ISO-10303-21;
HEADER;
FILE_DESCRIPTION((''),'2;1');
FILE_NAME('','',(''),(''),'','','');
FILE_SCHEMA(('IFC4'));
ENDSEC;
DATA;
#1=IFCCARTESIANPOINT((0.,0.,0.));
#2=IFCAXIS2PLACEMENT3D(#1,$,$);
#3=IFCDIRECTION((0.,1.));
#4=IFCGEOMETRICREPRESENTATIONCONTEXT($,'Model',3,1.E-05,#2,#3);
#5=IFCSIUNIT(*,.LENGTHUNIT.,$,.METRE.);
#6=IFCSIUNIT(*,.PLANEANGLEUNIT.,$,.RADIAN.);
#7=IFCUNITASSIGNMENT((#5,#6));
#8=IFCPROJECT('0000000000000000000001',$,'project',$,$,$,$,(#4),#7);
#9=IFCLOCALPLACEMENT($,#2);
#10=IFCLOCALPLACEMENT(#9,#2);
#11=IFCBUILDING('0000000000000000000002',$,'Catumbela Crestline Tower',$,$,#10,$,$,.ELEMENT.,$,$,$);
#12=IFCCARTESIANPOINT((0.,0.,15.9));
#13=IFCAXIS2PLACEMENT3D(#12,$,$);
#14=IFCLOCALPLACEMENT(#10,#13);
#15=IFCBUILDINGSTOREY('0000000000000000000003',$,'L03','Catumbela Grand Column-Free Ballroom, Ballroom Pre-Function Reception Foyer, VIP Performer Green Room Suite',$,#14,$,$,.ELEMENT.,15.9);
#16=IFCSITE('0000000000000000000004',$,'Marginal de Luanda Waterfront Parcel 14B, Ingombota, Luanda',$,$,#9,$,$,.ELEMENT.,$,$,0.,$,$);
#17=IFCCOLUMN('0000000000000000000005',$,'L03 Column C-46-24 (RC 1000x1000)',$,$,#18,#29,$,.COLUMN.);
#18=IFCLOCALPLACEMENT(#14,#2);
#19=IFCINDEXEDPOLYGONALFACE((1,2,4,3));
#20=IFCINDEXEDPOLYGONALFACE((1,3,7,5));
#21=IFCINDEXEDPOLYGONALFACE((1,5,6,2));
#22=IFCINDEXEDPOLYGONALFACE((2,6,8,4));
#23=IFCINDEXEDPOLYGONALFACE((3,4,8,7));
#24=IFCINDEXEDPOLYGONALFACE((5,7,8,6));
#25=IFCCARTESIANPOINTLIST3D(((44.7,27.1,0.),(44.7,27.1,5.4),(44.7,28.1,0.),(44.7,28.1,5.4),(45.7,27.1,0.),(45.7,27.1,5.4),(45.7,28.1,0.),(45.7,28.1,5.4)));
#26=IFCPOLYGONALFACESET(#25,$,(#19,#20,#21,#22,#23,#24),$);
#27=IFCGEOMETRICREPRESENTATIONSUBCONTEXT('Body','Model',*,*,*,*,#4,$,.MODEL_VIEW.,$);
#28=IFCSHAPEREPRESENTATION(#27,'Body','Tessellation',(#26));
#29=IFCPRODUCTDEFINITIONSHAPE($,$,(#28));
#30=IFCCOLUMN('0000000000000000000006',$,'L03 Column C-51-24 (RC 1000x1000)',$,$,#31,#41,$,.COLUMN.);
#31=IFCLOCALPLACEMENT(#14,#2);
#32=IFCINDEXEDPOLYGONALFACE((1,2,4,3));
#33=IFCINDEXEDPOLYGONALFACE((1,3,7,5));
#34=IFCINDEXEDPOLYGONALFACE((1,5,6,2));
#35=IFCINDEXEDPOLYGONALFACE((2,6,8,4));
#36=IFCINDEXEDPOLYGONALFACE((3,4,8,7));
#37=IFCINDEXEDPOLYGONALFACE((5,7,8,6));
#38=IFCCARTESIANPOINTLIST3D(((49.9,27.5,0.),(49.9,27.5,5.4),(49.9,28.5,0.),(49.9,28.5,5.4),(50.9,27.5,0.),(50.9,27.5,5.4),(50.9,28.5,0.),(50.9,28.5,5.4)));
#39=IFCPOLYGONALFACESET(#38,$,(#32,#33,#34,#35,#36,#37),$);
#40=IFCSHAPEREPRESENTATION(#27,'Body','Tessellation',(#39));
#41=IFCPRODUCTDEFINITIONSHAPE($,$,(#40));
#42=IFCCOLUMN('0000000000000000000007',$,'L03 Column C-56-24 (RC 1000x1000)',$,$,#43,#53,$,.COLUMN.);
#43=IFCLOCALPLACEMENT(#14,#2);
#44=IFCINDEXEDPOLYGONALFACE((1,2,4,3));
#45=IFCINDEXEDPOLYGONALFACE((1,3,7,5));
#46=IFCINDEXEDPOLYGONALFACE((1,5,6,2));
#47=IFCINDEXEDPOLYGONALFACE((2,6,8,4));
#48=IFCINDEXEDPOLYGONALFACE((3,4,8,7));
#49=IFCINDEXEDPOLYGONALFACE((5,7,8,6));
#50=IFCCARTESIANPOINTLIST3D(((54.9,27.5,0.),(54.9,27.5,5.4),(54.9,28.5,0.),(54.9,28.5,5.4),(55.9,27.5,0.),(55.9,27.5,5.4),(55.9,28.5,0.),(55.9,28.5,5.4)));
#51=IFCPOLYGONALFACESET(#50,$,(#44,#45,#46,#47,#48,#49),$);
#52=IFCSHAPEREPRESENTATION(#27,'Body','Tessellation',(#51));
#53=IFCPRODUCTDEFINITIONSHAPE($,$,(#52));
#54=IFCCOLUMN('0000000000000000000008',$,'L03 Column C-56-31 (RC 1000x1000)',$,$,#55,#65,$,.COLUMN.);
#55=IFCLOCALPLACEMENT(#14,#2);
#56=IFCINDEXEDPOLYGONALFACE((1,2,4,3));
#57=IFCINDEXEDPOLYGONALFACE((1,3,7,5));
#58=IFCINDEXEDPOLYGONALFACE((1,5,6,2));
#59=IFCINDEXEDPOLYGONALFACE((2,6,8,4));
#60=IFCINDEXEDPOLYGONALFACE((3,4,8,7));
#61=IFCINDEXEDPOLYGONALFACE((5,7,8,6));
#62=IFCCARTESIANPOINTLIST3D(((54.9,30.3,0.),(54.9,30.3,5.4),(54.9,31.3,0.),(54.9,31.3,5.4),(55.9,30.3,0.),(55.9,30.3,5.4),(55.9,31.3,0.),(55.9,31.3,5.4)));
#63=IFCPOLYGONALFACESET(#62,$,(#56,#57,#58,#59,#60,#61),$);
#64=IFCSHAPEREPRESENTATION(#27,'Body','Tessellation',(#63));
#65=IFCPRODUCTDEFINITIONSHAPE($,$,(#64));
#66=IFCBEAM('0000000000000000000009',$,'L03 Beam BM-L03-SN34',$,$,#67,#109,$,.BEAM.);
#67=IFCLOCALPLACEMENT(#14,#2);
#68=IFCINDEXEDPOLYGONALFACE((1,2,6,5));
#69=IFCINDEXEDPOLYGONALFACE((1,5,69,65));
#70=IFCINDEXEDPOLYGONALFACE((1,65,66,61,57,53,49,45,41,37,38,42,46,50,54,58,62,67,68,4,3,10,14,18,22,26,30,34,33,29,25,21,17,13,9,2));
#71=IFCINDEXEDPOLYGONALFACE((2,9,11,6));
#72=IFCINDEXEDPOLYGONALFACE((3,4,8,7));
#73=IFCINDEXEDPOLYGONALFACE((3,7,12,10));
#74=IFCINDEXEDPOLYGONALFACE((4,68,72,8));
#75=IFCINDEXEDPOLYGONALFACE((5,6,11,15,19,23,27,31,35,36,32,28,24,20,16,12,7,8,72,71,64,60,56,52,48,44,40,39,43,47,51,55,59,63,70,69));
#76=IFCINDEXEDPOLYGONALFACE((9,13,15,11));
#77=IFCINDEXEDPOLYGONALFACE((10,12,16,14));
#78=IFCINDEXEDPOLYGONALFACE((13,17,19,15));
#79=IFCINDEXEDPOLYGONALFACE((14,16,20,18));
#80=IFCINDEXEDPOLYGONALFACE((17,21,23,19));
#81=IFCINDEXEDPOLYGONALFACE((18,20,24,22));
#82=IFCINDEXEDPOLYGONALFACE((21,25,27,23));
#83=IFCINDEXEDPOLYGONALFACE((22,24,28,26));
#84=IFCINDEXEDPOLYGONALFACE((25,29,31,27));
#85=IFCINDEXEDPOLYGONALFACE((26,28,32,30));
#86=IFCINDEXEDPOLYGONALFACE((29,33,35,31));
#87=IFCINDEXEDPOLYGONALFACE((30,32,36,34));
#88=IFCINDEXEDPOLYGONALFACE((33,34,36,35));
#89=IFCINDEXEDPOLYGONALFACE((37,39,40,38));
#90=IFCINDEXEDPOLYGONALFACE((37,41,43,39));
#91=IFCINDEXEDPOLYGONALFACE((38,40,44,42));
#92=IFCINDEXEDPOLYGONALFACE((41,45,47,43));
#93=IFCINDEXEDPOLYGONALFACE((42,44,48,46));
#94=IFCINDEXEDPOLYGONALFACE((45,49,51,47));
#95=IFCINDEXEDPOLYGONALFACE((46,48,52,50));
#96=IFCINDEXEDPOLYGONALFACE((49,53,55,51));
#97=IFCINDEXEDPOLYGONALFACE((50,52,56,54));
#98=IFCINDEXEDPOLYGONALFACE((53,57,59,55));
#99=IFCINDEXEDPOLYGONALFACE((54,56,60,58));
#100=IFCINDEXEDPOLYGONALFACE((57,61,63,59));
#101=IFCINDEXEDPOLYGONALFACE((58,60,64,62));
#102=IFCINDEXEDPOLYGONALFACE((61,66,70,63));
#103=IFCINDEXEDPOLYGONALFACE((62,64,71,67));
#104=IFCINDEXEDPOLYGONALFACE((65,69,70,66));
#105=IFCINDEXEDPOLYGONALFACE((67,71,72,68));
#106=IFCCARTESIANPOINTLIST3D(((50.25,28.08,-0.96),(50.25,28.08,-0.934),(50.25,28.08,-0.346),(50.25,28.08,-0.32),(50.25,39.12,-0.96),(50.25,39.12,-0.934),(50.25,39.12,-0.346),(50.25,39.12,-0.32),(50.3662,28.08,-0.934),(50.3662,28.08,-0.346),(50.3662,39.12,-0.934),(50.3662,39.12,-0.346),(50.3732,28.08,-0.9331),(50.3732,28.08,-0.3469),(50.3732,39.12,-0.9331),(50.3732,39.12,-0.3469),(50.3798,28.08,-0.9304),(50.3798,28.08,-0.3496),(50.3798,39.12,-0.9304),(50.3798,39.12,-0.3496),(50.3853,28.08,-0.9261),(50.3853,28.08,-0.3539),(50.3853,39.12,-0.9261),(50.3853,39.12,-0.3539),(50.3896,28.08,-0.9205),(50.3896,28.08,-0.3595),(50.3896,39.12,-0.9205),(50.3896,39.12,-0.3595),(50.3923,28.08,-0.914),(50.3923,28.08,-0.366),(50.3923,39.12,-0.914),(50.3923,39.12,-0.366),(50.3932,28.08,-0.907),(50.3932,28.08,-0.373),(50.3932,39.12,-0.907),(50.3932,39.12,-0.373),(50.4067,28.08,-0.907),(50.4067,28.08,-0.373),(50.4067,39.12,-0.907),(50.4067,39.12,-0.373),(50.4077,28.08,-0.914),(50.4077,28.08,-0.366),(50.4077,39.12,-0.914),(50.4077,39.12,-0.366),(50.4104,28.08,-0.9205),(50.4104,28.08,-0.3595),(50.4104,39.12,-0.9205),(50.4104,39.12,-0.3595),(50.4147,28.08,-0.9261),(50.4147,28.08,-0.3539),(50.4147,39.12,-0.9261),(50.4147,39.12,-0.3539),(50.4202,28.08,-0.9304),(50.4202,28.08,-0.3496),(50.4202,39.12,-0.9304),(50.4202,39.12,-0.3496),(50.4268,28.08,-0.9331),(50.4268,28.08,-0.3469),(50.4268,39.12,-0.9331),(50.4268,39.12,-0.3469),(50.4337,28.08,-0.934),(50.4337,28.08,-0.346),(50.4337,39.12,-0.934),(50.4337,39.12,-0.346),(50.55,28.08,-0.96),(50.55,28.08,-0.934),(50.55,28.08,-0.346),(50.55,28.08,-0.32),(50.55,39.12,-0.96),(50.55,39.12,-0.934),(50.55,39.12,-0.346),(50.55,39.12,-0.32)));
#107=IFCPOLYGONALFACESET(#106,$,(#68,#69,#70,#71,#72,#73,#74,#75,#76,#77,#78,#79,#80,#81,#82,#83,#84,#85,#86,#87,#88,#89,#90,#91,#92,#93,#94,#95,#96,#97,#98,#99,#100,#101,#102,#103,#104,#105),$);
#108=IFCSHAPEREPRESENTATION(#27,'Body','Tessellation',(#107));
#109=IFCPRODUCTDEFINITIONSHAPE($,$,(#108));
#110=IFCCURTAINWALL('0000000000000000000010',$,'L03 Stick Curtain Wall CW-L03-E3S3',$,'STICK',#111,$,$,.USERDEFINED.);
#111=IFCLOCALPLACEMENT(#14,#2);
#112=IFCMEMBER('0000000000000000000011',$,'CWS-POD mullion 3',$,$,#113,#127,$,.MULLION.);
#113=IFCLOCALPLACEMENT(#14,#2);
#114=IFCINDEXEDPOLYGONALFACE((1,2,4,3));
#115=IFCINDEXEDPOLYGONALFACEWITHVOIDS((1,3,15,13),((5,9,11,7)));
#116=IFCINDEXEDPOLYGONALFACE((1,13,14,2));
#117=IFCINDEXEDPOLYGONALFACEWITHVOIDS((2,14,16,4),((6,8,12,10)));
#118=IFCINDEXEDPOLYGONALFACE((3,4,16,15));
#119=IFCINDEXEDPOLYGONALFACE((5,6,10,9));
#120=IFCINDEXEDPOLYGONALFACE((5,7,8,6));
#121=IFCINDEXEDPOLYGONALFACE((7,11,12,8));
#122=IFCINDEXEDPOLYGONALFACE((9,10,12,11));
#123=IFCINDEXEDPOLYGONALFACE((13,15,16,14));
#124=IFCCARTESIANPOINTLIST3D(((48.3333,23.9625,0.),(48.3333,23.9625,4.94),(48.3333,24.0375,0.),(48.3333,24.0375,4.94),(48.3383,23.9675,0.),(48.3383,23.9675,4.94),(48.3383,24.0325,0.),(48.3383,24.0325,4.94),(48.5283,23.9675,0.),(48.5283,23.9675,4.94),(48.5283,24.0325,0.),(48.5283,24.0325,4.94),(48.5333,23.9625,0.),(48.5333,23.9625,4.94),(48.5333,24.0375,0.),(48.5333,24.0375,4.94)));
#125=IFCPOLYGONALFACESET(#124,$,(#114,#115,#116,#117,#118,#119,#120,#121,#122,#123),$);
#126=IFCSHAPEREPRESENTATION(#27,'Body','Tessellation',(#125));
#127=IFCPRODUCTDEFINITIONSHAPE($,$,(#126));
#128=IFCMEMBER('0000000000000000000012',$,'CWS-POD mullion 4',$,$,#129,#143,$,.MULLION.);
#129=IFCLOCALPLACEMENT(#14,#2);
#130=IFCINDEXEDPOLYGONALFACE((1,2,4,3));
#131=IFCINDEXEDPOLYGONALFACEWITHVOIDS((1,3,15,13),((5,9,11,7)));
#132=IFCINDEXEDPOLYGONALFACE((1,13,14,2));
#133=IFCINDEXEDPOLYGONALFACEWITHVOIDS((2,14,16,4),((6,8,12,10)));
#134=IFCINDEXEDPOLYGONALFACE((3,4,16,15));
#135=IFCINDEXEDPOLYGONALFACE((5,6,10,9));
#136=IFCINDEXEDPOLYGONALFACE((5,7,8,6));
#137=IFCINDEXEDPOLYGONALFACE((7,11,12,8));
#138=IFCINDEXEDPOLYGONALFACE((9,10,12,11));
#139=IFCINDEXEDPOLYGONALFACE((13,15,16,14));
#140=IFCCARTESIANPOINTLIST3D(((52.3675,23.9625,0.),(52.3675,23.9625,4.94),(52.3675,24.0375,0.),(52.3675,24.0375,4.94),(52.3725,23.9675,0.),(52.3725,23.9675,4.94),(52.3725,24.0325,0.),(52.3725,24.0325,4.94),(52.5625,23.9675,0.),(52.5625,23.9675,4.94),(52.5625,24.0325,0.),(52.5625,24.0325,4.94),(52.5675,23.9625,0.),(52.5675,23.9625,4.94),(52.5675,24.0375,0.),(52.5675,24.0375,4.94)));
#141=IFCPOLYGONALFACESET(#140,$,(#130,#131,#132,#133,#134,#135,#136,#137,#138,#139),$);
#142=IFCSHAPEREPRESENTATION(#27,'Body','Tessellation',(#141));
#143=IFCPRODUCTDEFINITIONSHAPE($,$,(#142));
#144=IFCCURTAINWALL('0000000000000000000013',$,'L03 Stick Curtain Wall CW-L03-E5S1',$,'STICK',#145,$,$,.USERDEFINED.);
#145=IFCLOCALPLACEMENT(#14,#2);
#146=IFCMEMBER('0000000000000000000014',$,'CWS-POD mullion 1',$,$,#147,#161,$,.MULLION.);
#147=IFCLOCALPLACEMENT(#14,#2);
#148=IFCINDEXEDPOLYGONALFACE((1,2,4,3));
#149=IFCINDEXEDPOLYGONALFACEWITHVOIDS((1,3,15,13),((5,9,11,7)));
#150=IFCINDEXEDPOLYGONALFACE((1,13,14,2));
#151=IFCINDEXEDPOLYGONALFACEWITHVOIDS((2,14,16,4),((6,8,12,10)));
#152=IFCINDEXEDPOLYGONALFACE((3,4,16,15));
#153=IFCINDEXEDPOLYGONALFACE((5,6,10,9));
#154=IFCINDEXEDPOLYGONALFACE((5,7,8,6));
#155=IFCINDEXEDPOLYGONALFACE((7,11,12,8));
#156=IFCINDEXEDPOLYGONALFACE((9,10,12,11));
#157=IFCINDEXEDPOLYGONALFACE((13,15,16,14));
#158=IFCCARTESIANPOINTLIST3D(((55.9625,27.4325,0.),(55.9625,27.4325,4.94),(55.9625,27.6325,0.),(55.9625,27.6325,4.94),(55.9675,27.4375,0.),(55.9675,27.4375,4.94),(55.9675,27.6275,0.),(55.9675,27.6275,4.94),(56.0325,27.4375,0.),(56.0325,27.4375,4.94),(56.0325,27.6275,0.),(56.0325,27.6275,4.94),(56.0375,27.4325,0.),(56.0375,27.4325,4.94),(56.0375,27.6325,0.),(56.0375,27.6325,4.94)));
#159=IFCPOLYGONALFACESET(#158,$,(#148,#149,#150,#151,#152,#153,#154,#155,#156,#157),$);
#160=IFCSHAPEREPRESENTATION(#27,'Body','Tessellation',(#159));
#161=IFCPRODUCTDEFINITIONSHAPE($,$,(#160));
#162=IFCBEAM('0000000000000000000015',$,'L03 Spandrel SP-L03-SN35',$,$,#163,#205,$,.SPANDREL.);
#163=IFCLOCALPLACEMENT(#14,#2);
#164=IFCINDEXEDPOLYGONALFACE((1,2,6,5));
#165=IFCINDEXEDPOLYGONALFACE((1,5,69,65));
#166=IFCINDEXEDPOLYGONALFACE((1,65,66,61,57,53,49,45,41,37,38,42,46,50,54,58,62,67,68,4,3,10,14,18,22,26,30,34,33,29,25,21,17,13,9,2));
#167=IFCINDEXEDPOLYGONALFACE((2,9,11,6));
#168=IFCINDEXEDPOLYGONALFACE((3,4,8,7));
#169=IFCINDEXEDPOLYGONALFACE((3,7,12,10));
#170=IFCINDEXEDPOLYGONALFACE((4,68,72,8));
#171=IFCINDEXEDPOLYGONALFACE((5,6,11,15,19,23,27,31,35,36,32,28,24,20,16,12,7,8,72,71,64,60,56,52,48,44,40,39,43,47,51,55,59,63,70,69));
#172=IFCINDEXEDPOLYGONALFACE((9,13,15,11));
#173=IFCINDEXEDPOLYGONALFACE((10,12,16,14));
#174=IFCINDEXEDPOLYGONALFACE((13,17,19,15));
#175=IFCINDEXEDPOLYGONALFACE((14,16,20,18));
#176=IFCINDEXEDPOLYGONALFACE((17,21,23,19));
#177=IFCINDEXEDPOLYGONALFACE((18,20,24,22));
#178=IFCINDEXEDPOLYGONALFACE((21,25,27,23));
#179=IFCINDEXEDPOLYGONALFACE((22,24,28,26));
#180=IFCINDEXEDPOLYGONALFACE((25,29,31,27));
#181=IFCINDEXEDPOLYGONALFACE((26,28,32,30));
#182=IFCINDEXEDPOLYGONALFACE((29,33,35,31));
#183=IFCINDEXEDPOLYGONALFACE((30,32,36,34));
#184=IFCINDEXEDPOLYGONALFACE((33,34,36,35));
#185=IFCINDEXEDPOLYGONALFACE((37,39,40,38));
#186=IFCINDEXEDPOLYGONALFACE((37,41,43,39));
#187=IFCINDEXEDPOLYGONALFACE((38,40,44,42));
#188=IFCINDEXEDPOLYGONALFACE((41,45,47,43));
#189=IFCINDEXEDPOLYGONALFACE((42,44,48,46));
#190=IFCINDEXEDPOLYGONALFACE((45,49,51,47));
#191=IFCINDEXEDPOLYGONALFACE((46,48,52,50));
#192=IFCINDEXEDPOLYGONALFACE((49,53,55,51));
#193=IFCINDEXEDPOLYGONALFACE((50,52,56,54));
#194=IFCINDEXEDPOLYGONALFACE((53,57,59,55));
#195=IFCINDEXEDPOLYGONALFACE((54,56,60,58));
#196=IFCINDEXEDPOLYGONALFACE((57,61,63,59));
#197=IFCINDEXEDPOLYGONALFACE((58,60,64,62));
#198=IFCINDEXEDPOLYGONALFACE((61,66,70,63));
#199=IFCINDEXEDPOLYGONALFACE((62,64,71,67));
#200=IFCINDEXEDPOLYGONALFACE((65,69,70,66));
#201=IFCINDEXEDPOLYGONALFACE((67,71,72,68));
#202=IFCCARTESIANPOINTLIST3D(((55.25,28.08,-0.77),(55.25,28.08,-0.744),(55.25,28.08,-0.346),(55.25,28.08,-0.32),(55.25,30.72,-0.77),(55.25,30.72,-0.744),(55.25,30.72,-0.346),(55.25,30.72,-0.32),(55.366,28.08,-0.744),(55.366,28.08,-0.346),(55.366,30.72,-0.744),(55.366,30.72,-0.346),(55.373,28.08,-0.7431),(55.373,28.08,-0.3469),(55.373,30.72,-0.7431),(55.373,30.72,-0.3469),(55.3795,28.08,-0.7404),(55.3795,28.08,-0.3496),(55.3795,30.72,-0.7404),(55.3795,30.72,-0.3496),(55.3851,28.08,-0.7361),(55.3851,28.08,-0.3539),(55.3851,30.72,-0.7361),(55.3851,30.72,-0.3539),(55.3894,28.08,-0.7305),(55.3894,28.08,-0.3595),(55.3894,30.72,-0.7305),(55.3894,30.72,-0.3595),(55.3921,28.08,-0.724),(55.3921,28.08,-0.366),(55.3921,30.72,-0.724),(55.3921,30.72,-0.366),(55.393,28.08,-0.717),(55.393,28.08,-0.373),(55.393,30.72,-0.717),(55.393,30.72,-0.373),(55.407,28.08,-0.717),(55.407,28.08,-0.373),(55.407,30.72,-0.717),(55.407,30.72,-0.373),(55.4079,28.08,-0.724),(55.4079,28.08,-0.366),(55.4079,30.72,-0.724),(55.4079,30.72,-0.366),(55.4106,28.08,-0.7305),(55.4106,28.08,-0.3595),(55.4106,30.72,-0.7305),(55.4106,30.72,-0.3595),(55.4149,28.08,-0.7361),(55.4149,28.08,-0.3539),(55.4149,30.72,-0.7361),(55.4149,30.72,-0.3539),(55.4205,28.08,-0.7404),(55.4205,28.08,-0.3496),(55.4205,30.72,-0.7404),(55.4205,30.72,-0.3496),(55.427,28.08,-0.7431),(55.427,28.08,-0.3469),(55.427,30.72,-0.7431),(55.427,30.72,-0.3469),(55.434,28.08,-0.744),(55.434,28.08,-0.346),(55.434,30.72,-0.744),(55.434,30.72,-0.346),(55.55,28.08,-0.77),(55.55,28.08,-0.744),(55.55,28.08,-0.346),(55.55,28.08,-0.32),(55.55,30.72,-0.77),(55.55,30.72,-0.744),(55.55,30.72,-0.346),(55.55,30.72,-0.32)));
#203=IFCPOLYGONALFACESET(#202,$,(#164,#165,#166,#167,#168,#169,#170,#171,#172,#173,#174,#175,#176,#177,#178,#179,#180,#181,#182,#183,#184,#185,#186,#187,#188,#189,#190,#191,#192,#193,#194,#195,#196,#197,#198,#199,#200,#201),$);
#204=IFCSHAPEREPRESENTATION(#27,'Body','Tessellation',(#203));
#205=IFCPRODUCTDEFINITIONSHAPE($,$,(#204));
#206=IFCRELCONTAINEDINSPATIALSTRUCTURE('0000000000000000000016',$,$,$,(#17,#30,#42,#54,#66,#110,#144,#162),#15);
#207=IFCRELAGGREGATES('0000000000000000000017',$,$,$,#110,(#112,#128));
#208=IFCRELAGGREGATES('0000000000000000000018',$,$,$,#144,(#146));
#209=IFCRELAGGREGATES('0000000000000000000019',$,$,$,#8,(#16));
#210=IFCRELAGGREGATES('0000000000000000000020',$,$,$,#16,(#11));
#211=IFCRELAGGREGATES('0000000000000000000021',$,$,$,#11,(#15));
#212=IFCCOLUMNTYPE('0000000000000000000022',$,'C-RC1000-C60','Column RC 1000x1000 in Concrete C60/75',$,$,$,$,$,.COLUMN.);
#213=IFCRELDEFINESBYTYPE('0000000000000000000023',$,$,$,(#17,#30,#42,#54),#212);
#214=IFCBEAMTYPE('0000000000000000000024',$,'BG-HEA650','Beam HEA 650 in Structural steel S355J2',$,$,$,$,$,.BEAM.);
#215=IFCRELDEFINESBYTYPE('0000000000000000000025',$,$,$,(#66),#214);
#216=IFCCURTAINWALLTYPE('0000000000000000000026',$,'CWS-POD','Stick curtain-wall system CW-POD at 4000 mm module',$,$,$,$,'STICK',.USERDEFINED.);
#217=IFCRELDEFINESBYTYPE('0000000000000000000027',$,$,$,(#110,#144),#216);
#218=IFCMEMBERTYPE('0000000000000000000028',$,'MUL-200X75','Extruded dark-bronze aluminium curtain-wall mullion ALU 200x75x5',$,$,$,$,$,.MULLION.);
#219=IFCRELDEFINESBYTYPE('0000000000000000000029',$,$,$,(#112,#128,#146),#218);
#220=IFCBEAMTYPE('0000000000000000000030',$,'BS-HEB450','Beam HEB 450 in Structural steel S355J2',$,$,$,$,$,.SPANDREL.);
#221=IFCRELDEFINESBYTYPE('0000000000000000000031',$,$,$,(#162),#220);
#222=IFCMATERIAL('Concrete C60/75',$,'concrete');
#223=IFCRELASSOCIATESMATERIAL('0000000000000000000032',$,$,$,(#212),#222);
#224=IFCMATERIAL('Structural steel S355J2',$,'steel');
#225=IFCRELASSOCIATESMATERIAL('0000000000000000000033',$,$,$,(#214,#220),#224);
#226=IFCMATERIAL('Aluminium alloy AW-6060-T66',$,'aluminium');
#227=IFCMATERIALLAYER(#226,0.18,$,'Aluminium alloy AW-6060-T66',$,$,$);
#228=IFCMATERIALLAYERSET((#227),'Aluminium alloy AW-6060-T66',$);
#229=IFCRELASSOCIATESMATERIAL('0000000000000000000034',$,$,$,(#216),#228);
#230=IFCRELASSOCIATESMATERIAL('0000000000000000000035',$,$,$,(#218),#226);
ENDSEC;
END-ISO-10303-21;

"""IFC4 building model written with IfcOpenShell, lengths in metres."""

from ifc_helpers import new_model, si_unit, direction, frame, origin, origin_2d, place, context, subcontext, project, spatial, rectangle, hollow_rectangle, i_section, extrude, material, layer, layer_set, material_profile, profile_set, type_object, element, aggregate, save


model = new_model("IFC4")

# Units and contexts
model_context = context("Model", 3, precision=1e-05, world=origin(), true_north=direction((0.0, 1.0)))
body_context = subcontext(model_context, "Body", "Model", "MODEL_VIEW")
ifc_project = project(units=[si_unit("LENGTHUNIT", "METRE"), si_unit("PLANEANGLEUNIT", "RADIAN")], contexts=[model_context])

# Site, building, storey
site_placement = place(None, origin())
site = spatial("IfcSite", under=ifc_project, at=site_placement, Name="Marginal de Luanda Waterfront Parcel 14B, Ingombota, Luanda", CompositionType="ELEMENT", RefElevation=0.0)
building_placement = place(site_placement, origin())
building = spatial("IfcBuilding", under=site, at=building_placement, Name="Catumbela Crestline Tower", CompositionType="ELEMENT")
storey_placement = place(building_placement, frame((0.0, 0.0, 15.9)))
storey = spatial("IfcBuildingStorey", under=building, at=storey_placement, Name="L03", Description="Catumbela Grand Column-Free Ballroom, Ballroom Pre-Function Reception Foyer, VIP Performer Green Room Suite", CompositionType="ELEMENT", Elevation=15.9)

# Columns
ifc_material_1 = material(Name="Concrete C60/75", Category="concrete")
ifc_material_profile_1 = material_profile(ifc_material_1, rectangle(XDim=1.0, YDim=1.0, at=origin_2d()), Name="RC 1000x1000")
ifc_profile_set_1 = profile_set([ifc_material_profile_1], Name="Concrete C60/75")
column_type = type_object("IfcColumnType", Name="C-RC1000-C60", Description="Column RC 1000x1000 in Concrete C60/75", PredefinedType="COLUMN", material=ifc_profile_set_1)
for number, where, z_axis, x_axis, name in (
    (1, (45.2, 27.6, 0.0), (0.0, 0.0, 1.0), (1.0, 0.0, 0.0), "L03 Column C-46-24 (RC 1000x1000)"),
    (2, (50.4, 28.0, 0.0), (0.0, 0.0, 1.0), (1.0, 0.0, 0.0), "L03 Column C-51-24 (RC 1000x1000)"),
    (3, (55.4, 28.0, 0.0), (0.0, 0.0, 1.0), (1.0, 0.0, 0.0), "L03 Column C-56-24 (RC 1000x1000)"),
    (4, (55.4, 30.8, 0.0), (0.0, 0.0, 1.0), (1.0, 0.0, 0.0), "L03 Column C-56-31 (RC 1000x1000)"),
):
    element("IfcColumn", number, at=place(storey_placement, frame(where, z_axis=z_axis, x_axis=x_axis)), inside=storey, type_object=column_type, Name=name, PredefinedType="COLUMN", context=body_context, shape_type="SweptSolid", body=[
        extrude(rectangle(XDim=1.0, YDim=1.0, at=origin_2d()), origin(), (0.0, 0.0, 1.0), 5.4),
    ])

# Beam
ifc_material_2 = material(Name="Structural steel S355J2", Category="steel")
ifc_material_profile_2 = material_profile(ifc_material_2, i_section(OverallWidth=0.3, OverallDepth=0.64, WebThickness=0.0135, FlangeThickness=0.026, FilletRadius=0.027, at=origin_2d()), Name="HEA 650")
ifc_profile_set_2 = profile_set([ifc_material_profile_2], Name="Structural steel S355J2")
beam_type_1 = type_object("IfcBeamType", Name="BG-HEA650", Description="Beam HEA 650 in Structural steel S355J2", PredefinedType="BEAM", material=ifc_profile_set_2)
beam_1_placement = place(storey_placement, frame((50.4, 28.08, -0.64), z_axis=(0.0, 1.0, 0.0), x_axis=(-1.0, 0.0, 0.0)))
element("IfcBeam", 5, at=beam_1_placement, inside=storey, type_object=beam_type_1, Name="L03 Beam BM-L03-SN34", PredefinedType="BEAM", context=body_context, shape_type="SweptSolid", body=[
    extrude(i_section(OverallWidth=0.3, OverallDepth=0.64, WebThickness=0.0135, FlangeThickness=0.026, FilletRadius=0.027, at=origin_2d()), origin(), (0.0, 0.0, 1.0), 11.04),
])

# Curtain wall, members
ifc_material_3 = material(Name="Aluminium alloy AW-6060-T66", Category="aluminium")
ifc_layer_1 = layer(ifc_material_3, 0.18, Name="Aluminium alloy AW-6060-T66")
ifc_layer_set_1 = layer_set([ifc_layer_1], Name="Aluminium alloy AW-6060-T66")
curtain_wall_type = type_object("IfcCurtainWallType", Name="CWS-POD", Description="Stick curtain-wall system CW-POD at 4000 mm module", ElementType="STICK", PredefinedType="USERDEFINED", material=ifc_layer_set_1)
curtain_wall_1_placement = place(storey_placement, origin())
curtain_wall_1 = element("IfcCurtainWall", 6, at=curtain_wall_1_placement, inside=storey, type_object=curtain_wall_type, Name="L03 Stick Curtain Wall CW-L03-E3S3", ObjectType="STICK", PredefinedType="USERDEFINED")
ifc_material_profile_3 = material_profile(ifc_material_3, hollow_rectangle(XDim=0.075, YDim=0.2, WallThickness=0.005, at=origin_2d()), Name="ALU 200x75x5")
ifc_profile_set_3 = profile_set([ifc_material_profile_3], Name="Aluminium alloy AW-6060-T66")
member_type_1 = type_object("IfcMemberType", Name="MUL-200X75", Description="Extruded dark-bronze aluminium curtain-wall mullion ALU 200x75x5", PredefinedType="MULLION", material=ifc_profile_set_3)
member_1_placement = place(storey_placement, frame((48.4333, 24.0, 0.0), z_axis=(0.0, 0.0, 1.0), x_axis=(0.0, 1.0, 0.0)))
member_1 = element("IfcMember", 7, at=member_1_placement, type_object=member_type_1, Name="CWS-POD mullion 3", PredefinedType="MULLION", context=body_context, shape_type="SweptSolid", body=[
    extrude(hollow_rectangle(XDim=0.075, YDim=0.2, WallThickness=0.005, at=origin_2d()), origin(), (0.0, 0.0, 1.0), 4.94),
])
member_2_placement = place(storey_placement, frame((52.4675, 24.0, 0.0), z_axis=(0.0, 0.0, 1.0), x_axis=(0.0, 1.0, 0.0)))
member_2 = element("IfcMember", 8, at=member_2_placement, type_object=member_type_1, Name="CWS-POD mullion 4", PredefinedType="MULLION", context=body_context, shape_type="SweptSolid", body=[
    extrude(hollow_rectangle(XDim=0.075, YDim=0.2, WallThickness=0.005, at=origin_2d()), origin(), (0.0, 0.0, 1.0), 4.94),
])

# Curtain wall, member
curtain_wall_2_placement = place(storey_placement, origin())
curtain_wall_2 = element("IfcCurtainWall", 9, at=curtain_wall_2_placement, inside=storey, type_object=curtain_wall_type, Name="L03 Stick Curtain Wall CW-L03-E5S1", ObjectType="STICK", PredefinedType="USERDEFINED")
member_3_placement = place(storey_placement, frame((56.0, 27.5325, 0.0), z_axis=(0.0, 0.0, 1.0), x_axis=(-1.0, 0.0, 0.0)))
member_3 = element("IfcMember", 10, at=member_3_placement, type_object=member_type_1, Name="CWS-POD mullion 1", PredefinedType="MULLION", context=body_context, shape_type="SweptSolid", body=[
    extrude(hollow_rectangle(XDim=0.075, YDim=0.2, WallThickness=0.005, at=origin_2d()), origin(), (0.0, 0.0, 1.0), 4.94),
])

# Beam
ifc_material_profile_4 = material_profile(ifc_material_2, i_section(OverallWidth=0.3, OverallDepth=0.45, WebThickness=0.014, FlangeThickness=0.026, FilletRadius=0.027, at=origin_2d()), Name="HEB 450")
ifc_profile_set_4 = profile_set([ifc_material_profile_4], Name="Structural steel S355J2")
beam_type_2 = type_object("IfcBeamType", Name="BS-HEB450", Description="Beam HEB 450 in Structural steel S355J2", PredefinedType="SPANDREL", material=ifc_profile_set_4)
beam_2_placement = place(storey_placement, frame((55.4, 28.08, -0.545), z_axis=(0.0, 1.0, 0.0), x_axis=(-1.0, 0.0, 0.0)))
element("IfcBeam", 11, at=beam_2_placement, inside=storey, type_object=beam_type_2, Name="L03 Spandrel SP-L03-SN35", PredefinedType="SPANDREL", context=body_context, shape_type="SweptSolid", body=[
    extrude(i_section(OverallWidth=0.3, OverallDepth=0.45, WebThickness=0.014, FlangeThickness=0.026, FilletRadius=0.027, at=origin_2d()), origin(), (0.0, 0.0, 1.0), 2.64),
])

aggregate(curtain_wall_1, [member_1, member_2])
aggregate(curtain_wall_2, [member_3])

save(model, "model.ifc")
